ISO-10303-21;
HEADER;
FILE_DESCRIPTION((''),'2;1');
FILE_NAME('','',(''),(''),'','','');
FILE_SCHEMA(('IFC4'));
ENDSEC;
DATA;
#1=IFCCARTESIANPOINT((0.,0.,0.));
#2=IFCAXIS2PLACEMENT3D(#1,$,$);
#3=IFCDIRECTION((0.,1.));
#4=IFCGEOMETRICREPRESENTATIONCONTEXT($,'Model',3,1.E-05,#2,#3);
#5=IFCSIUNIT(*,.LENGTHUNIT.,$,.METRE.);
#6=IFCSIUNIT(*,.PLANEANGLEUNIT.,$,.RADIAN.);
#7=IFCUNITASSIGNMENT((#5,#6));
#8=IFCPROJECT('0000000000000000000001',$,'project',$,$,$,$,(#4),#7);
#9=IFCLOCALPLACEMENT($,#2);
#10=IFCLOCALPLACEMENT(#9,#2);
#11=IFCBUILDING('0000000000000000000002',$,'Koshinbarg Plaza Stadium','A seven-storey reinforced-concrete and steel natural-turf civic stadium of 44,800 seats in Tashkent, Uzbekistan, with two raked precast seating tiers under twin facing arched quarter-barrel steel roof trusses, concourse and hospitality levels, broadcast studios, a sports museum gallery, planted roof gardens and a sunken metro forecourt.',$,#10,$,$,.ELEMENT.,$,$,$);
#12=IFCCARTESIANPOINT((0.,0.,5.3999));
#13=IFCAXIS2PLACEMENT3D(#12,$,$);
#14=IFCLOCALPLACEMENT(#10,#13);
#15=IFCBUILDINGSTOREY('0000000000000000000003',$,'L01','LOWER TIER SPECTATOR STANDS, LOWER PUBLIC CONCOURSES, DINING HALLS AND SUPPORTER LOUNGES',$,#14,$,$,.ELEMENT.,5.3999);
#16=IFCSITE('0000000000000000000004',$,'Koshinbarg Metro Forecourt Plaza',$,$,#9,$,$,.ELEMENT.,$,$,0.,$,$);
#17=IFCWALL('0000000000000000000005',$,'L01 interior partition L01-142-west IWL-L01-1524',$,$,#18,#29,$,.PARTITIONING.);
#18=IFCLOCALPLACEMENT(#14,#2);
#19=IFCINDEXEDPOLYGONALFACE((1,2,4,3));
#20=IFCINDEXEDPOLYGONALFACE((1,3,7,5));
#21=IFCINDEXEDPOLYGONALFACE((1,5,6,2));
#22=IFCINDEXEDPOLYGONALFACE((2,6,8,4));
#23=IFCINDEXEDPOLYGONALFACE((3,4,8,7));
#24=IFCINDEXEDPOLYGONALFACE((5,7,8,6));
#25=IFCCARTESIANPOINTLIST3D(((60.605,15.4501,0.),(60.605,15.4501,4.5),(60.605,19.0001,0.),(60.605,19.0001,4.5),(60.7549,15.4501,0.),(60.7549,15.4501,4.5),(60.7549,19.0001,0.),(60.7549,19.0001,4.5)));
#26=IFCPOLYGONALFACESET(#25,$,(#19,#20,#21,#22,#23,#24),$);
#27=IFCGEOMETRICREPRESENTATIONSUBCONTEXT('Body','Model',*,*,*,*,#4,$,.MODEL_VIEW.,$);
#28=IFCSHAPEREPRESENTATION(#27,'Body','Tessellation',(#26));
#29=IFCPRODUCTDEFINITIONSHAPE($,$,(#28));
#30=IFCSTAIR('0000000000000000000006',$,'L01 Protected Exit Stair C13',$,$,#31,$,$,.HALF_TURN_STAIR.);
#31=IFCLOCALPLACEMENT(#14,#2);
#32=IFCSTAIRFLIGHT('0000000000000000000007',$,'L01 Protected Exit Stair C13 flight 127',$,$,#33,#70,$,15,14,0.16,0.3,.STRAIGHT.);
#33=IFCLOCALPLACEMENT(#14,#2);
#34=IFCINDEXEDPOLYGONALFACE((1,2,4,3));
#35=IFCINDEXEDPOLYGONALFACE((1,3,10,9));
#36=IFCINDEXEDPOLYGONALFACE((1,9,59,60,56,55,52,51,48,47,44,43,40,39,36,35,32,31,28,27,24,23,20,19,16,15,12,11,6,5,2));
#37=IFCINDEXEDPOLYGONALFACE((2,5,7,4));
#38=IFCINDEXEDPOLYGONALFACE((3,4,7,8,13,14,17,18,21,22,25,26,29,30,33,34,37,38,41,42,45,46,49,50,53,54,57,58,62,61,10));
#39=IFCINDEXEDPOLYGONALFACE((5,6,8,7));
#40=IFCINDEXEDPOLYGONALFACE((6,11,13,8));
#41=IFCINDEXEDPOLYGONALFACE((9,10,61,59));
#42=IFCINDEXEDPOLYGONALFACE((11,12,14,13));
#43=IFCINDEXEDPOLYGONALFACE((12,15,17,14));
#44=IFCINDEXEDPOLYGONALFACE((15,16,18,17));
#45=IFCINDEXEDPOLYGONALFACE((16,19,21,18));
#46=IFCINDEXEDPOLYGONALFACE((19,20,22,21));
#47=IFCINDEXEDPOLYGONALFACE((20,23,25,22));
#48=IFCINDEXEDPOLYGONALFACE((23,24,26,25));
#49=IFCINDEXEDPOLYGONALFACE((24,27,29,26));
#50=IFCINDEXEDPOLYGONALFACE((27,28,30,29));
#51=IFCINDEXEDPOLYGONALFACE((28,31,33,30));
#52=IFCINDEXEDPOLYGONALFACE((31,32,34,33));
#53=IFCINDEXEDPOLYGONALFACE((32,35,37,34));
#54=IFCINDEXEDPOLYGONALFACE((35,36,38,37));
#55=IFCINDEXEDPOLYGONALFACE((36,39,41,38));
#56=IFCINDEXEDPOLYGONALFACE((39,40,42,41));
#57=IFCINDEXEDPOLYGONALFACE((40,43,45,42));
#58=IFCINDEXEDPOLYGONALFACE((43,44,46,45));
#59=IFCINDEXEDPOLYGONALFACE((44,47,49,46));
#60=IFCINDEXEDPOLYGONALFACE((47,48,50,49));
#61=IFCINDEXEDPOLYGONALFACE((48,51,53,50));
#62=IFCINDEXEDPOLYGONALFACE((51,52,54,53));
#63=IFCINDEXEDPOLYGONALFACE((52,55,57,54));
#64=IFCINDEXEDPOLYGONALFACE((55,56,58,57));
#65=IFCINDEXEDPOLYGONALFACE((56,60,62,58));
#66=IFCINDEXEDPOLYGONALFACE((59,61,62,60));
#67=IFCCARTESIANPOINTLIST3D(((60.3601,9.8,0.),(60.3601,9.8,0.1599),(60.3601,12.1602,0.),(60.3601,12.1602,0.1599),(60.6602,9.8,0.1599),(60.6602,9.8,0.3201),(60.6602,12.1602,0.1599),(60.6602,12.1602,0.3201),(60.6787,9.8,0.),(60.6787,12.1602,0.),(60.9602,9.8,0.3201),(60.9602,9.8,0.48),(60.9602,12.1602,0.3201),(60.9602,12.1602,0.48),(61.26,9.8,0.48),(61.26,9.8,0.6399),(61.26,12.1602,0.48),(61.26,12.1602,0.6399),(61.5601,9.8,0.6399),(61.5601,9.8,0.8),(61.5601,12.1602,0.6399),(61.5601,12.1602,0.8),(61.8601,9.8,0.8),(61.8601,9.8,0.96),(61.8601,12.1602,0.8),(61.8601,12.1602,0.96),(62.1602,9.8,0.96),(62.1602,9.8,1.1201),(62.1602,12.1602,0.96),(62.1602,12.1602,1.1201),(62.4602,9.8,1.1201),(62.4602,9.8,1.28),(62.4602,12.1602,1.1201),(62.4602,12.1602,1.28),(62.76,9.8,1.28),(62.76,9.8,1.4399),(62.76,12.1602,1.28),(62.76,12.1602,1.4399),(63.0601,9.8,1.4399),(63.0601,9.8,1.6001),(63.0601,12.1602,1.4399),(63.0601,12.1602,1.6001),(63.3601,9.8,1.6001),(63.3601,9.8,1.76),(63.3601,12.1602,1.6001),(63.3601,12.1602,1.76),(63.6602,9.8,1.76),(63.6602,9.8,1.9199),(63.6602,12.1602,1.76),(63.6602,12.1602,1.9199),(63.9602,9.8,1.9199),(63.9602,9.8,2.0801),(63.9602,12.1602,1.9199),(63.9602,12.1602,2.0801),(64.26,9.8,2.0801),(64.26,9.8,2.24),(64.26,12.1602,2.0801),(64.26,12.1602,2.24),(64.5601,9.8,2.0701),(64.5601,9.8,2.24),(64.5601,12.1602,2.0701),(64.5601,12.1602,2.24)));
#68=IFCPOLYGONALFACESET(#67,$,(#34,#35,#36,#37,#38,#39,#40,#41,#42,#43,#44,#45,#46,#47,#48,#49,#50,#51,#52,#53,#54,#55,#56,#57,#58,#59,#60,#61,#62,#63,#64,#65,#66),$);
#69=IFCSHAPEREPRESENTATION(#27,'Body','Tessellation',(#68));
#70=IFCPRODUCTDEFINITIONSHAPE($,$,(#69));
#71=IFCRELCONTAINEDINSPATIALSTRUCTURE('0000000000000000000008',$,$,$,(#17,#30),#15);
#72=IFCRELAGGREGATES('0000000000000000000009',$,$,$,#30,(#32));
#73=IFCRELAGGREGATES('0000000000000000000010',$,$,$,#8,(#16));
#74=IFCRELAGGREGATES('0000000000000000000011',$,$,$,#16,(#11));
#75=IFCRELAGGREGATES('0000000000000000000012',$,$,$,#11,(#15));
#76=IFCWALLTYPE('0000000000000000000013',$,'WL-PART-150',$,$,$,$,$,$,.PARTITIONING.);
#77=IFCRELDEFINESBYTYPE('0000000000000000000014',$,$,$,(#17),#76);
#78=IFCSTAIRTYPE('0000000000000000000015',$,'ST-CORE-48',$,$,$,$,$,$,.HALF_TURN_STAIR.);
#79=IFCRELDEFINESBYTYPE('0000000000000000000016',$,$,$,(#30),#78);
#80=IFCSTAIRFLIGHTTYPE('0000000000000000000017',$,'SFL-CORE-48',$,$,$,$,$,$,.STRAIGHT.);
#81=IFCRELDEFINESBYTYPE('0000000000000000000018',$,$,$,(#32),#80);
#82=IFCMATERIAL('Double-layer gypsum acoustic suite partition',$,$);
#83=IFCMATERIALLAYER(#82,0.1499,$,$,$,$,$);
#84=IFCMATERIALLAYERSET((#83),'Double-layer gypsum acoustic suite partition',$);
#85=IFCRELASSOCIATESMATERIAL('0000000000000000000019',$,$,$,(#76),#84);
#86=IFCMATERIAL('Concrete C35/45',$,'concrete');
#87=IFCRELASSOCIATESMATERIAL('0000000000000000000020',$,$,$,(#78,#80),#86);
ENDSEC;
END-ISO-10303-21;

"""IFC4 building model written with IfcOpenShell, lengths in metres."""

from ifc_helpers import new_model, si_unit, direction, frame, frame_2d, origin, place, context, subcontext, project, spatial, polyline, rectangle, outline, extrude, material, layer, layer_set, type_object, element, aggregate, save


model = new_model("IFC4")

# Units and contexts
model_context = context("Model", 3, precision=1e-05, world=origin(), true_north=direction((0.0, 1.0)))
body_context = subcontext(model_context, "Body", "Model", "MODEL_VIEW")
ifc_project = project(units=[si_unit("LENGTHUNIT", "METRE"), si_unit("PLANEANGLEUNIT", "RADIAN")], contexts=[model_context])

# Site, building, storey
site_placement = place(None, origin())
site = spatial("IfcSite", under=ifc_project, at=site_placement, Name="Koshinbarg Metro Forecourt Plaza", CompositionType="ELEMENT", RefElevation=0.0)
building_placement = place(site_placement, origin())
building = spatial("IfcBuilding", under=site, at=building_placement, Name="Koshinbarg Plaza Stadium", Description="A seven-storey reinforced-concrete and steel natural-turf civic stadium of 44,800 seats in Tashkent, Uzbekistan, with two raked precast seating tiers under twin facing arched quarter-barrel steel roof trusses, concourse and hospitality levels, broadcast studios, a sports museum gallery, planted roof gardens and a sunken metro forecourt.", CompositionType="ELEMENT")
storey_placement = place(building_placement, frame((0.0, 0.0, 5.3999)))
storey = spatial("IfcBuildingStorey", under=building, at=storey_placement, Name="L01", Description="LOWER TIER SPECTATOR STANDS, LOWER PUBLIC CONCOURSES, DINING HALLS AND SUPPORTER LOUNGES", CompositionType="ELEMENT", Elevation=5.3999)

# Shared definitions
ifc_material_1 = material(Name="Double-layer gypsum acoustic suite partition")
ifc_layer_1 = layer(ifc_material_1, 0.1499)
ifc_layer_set_1 = layer_set([ifc_layer_1], Name="Double-layer gypsum acoustic suite partition")
wall_type_1 = type_object("IfcWallType", Name="WL-PART-150", PredefinedType="PARTITIONING", material=ifc_layer_set_1)

# Wall
wall_1_placement = place(storey_placement, frame((60.6799, 19.0, 0.0), z_axis=(0.0, 0.0, 1.0), x_axis=(0.0, -1.0, 0.0)))
element("IfcWall", 1, at=wall_1_placement, inside=storey, type_object=wall_type_1, Name="L01 interior partition L01-142-west IWL-L01-1524", PredefinedType="PARTITIONING", context=body_context, shape_type="SweptSolid", body=[
    extrude(rectangle(XDim=3.55, YDim=0.1499, at=frame_2d((1.7749, 0.0))), origin(), (0.0, 0.0, 1.0), 4.5),
])

# Stair, stair flight
ifc_material_2 = material(Name="Concrete C35/45", Category="concrete")
stair_type = type_object("IfcStairType", Name="ST-CORE-48", PredefinedType="HALF_TURN_STAIR", material=ifc_material_2)
stair_placement = place(storey_placement, origin())
stair = element("IfcStair", 2, at=stair_placement, inside=storey, type_object=stair_type, Name="L01 Protected Exit Stair C13", PredefinedType="HALF_TURN_STAIR")
stair_flight_type = type_object("IfcStairFlightType", Name="SFL-CORE-48", PredefinedType="STRAIGHT", material=ifc_material_2)
stair_flight_placement = place(storey_placement, frame((60.3601, 10.98, 0.0), z_axis=(0.0, 0.0, 1.0), x_axis=(1.0, 0.0, 0.0)))
stair_flight = element("IfcStairFlight", 3, at=stair_flight_placement, type_object=stair_flight_type, Name="L01 Protected Exit Stair C13 flight 127", NumberOfRisers=15, NumberOfTreads=14, PredefinedType="STRAIGHT", RiserHeight=0.16, TreadLength=0.3, context=body_context, shape_type="SweptSolid", body=[
    extrude(outline(polyline([(0.0, 0.0), (0.0, 0.1599), (0.3, 0.1599), (0.3, 0.3201), (0.6001, 0.3201), (0.6001, 0.48), (0.8999, 0.48), (0.8999, 0.6399), (1.2, 0.6399), (1.2, 0.8), (1.5, 0.8), (1.5, 0.96), (1.8, 0.96), (1.8, 1.1201), (2.1001, 1.1201), (2.1001, 1.28), (2.3999, 1.28), (2.3999, 1.4399), (2.7, 1.4399), (2.7, 1.6001), (3.0, 1.6001), (3.0, 1.76), (3.3, 1.76), (3.3, 1.9199), (3.6001, 1.9199), (3.6001, 2.0801), (3.8999, 2.0801), (3.8999, 2.24), (4.2, 2.24), (4.2, 2.3999), (4.2, 2.0701), (0.3186, 0.0), (0.0, 0.0)])), frame((0.0, 1.1802, 0.0), z_axis=(0.0, -1.0, 0.0), x_axis=(1.0, 0.0, 0.0)), (0.0, 0.0, 1.0), 2.3601),
])
aggregate(stair, [stair_flight])

save(model, "model.ifc")
